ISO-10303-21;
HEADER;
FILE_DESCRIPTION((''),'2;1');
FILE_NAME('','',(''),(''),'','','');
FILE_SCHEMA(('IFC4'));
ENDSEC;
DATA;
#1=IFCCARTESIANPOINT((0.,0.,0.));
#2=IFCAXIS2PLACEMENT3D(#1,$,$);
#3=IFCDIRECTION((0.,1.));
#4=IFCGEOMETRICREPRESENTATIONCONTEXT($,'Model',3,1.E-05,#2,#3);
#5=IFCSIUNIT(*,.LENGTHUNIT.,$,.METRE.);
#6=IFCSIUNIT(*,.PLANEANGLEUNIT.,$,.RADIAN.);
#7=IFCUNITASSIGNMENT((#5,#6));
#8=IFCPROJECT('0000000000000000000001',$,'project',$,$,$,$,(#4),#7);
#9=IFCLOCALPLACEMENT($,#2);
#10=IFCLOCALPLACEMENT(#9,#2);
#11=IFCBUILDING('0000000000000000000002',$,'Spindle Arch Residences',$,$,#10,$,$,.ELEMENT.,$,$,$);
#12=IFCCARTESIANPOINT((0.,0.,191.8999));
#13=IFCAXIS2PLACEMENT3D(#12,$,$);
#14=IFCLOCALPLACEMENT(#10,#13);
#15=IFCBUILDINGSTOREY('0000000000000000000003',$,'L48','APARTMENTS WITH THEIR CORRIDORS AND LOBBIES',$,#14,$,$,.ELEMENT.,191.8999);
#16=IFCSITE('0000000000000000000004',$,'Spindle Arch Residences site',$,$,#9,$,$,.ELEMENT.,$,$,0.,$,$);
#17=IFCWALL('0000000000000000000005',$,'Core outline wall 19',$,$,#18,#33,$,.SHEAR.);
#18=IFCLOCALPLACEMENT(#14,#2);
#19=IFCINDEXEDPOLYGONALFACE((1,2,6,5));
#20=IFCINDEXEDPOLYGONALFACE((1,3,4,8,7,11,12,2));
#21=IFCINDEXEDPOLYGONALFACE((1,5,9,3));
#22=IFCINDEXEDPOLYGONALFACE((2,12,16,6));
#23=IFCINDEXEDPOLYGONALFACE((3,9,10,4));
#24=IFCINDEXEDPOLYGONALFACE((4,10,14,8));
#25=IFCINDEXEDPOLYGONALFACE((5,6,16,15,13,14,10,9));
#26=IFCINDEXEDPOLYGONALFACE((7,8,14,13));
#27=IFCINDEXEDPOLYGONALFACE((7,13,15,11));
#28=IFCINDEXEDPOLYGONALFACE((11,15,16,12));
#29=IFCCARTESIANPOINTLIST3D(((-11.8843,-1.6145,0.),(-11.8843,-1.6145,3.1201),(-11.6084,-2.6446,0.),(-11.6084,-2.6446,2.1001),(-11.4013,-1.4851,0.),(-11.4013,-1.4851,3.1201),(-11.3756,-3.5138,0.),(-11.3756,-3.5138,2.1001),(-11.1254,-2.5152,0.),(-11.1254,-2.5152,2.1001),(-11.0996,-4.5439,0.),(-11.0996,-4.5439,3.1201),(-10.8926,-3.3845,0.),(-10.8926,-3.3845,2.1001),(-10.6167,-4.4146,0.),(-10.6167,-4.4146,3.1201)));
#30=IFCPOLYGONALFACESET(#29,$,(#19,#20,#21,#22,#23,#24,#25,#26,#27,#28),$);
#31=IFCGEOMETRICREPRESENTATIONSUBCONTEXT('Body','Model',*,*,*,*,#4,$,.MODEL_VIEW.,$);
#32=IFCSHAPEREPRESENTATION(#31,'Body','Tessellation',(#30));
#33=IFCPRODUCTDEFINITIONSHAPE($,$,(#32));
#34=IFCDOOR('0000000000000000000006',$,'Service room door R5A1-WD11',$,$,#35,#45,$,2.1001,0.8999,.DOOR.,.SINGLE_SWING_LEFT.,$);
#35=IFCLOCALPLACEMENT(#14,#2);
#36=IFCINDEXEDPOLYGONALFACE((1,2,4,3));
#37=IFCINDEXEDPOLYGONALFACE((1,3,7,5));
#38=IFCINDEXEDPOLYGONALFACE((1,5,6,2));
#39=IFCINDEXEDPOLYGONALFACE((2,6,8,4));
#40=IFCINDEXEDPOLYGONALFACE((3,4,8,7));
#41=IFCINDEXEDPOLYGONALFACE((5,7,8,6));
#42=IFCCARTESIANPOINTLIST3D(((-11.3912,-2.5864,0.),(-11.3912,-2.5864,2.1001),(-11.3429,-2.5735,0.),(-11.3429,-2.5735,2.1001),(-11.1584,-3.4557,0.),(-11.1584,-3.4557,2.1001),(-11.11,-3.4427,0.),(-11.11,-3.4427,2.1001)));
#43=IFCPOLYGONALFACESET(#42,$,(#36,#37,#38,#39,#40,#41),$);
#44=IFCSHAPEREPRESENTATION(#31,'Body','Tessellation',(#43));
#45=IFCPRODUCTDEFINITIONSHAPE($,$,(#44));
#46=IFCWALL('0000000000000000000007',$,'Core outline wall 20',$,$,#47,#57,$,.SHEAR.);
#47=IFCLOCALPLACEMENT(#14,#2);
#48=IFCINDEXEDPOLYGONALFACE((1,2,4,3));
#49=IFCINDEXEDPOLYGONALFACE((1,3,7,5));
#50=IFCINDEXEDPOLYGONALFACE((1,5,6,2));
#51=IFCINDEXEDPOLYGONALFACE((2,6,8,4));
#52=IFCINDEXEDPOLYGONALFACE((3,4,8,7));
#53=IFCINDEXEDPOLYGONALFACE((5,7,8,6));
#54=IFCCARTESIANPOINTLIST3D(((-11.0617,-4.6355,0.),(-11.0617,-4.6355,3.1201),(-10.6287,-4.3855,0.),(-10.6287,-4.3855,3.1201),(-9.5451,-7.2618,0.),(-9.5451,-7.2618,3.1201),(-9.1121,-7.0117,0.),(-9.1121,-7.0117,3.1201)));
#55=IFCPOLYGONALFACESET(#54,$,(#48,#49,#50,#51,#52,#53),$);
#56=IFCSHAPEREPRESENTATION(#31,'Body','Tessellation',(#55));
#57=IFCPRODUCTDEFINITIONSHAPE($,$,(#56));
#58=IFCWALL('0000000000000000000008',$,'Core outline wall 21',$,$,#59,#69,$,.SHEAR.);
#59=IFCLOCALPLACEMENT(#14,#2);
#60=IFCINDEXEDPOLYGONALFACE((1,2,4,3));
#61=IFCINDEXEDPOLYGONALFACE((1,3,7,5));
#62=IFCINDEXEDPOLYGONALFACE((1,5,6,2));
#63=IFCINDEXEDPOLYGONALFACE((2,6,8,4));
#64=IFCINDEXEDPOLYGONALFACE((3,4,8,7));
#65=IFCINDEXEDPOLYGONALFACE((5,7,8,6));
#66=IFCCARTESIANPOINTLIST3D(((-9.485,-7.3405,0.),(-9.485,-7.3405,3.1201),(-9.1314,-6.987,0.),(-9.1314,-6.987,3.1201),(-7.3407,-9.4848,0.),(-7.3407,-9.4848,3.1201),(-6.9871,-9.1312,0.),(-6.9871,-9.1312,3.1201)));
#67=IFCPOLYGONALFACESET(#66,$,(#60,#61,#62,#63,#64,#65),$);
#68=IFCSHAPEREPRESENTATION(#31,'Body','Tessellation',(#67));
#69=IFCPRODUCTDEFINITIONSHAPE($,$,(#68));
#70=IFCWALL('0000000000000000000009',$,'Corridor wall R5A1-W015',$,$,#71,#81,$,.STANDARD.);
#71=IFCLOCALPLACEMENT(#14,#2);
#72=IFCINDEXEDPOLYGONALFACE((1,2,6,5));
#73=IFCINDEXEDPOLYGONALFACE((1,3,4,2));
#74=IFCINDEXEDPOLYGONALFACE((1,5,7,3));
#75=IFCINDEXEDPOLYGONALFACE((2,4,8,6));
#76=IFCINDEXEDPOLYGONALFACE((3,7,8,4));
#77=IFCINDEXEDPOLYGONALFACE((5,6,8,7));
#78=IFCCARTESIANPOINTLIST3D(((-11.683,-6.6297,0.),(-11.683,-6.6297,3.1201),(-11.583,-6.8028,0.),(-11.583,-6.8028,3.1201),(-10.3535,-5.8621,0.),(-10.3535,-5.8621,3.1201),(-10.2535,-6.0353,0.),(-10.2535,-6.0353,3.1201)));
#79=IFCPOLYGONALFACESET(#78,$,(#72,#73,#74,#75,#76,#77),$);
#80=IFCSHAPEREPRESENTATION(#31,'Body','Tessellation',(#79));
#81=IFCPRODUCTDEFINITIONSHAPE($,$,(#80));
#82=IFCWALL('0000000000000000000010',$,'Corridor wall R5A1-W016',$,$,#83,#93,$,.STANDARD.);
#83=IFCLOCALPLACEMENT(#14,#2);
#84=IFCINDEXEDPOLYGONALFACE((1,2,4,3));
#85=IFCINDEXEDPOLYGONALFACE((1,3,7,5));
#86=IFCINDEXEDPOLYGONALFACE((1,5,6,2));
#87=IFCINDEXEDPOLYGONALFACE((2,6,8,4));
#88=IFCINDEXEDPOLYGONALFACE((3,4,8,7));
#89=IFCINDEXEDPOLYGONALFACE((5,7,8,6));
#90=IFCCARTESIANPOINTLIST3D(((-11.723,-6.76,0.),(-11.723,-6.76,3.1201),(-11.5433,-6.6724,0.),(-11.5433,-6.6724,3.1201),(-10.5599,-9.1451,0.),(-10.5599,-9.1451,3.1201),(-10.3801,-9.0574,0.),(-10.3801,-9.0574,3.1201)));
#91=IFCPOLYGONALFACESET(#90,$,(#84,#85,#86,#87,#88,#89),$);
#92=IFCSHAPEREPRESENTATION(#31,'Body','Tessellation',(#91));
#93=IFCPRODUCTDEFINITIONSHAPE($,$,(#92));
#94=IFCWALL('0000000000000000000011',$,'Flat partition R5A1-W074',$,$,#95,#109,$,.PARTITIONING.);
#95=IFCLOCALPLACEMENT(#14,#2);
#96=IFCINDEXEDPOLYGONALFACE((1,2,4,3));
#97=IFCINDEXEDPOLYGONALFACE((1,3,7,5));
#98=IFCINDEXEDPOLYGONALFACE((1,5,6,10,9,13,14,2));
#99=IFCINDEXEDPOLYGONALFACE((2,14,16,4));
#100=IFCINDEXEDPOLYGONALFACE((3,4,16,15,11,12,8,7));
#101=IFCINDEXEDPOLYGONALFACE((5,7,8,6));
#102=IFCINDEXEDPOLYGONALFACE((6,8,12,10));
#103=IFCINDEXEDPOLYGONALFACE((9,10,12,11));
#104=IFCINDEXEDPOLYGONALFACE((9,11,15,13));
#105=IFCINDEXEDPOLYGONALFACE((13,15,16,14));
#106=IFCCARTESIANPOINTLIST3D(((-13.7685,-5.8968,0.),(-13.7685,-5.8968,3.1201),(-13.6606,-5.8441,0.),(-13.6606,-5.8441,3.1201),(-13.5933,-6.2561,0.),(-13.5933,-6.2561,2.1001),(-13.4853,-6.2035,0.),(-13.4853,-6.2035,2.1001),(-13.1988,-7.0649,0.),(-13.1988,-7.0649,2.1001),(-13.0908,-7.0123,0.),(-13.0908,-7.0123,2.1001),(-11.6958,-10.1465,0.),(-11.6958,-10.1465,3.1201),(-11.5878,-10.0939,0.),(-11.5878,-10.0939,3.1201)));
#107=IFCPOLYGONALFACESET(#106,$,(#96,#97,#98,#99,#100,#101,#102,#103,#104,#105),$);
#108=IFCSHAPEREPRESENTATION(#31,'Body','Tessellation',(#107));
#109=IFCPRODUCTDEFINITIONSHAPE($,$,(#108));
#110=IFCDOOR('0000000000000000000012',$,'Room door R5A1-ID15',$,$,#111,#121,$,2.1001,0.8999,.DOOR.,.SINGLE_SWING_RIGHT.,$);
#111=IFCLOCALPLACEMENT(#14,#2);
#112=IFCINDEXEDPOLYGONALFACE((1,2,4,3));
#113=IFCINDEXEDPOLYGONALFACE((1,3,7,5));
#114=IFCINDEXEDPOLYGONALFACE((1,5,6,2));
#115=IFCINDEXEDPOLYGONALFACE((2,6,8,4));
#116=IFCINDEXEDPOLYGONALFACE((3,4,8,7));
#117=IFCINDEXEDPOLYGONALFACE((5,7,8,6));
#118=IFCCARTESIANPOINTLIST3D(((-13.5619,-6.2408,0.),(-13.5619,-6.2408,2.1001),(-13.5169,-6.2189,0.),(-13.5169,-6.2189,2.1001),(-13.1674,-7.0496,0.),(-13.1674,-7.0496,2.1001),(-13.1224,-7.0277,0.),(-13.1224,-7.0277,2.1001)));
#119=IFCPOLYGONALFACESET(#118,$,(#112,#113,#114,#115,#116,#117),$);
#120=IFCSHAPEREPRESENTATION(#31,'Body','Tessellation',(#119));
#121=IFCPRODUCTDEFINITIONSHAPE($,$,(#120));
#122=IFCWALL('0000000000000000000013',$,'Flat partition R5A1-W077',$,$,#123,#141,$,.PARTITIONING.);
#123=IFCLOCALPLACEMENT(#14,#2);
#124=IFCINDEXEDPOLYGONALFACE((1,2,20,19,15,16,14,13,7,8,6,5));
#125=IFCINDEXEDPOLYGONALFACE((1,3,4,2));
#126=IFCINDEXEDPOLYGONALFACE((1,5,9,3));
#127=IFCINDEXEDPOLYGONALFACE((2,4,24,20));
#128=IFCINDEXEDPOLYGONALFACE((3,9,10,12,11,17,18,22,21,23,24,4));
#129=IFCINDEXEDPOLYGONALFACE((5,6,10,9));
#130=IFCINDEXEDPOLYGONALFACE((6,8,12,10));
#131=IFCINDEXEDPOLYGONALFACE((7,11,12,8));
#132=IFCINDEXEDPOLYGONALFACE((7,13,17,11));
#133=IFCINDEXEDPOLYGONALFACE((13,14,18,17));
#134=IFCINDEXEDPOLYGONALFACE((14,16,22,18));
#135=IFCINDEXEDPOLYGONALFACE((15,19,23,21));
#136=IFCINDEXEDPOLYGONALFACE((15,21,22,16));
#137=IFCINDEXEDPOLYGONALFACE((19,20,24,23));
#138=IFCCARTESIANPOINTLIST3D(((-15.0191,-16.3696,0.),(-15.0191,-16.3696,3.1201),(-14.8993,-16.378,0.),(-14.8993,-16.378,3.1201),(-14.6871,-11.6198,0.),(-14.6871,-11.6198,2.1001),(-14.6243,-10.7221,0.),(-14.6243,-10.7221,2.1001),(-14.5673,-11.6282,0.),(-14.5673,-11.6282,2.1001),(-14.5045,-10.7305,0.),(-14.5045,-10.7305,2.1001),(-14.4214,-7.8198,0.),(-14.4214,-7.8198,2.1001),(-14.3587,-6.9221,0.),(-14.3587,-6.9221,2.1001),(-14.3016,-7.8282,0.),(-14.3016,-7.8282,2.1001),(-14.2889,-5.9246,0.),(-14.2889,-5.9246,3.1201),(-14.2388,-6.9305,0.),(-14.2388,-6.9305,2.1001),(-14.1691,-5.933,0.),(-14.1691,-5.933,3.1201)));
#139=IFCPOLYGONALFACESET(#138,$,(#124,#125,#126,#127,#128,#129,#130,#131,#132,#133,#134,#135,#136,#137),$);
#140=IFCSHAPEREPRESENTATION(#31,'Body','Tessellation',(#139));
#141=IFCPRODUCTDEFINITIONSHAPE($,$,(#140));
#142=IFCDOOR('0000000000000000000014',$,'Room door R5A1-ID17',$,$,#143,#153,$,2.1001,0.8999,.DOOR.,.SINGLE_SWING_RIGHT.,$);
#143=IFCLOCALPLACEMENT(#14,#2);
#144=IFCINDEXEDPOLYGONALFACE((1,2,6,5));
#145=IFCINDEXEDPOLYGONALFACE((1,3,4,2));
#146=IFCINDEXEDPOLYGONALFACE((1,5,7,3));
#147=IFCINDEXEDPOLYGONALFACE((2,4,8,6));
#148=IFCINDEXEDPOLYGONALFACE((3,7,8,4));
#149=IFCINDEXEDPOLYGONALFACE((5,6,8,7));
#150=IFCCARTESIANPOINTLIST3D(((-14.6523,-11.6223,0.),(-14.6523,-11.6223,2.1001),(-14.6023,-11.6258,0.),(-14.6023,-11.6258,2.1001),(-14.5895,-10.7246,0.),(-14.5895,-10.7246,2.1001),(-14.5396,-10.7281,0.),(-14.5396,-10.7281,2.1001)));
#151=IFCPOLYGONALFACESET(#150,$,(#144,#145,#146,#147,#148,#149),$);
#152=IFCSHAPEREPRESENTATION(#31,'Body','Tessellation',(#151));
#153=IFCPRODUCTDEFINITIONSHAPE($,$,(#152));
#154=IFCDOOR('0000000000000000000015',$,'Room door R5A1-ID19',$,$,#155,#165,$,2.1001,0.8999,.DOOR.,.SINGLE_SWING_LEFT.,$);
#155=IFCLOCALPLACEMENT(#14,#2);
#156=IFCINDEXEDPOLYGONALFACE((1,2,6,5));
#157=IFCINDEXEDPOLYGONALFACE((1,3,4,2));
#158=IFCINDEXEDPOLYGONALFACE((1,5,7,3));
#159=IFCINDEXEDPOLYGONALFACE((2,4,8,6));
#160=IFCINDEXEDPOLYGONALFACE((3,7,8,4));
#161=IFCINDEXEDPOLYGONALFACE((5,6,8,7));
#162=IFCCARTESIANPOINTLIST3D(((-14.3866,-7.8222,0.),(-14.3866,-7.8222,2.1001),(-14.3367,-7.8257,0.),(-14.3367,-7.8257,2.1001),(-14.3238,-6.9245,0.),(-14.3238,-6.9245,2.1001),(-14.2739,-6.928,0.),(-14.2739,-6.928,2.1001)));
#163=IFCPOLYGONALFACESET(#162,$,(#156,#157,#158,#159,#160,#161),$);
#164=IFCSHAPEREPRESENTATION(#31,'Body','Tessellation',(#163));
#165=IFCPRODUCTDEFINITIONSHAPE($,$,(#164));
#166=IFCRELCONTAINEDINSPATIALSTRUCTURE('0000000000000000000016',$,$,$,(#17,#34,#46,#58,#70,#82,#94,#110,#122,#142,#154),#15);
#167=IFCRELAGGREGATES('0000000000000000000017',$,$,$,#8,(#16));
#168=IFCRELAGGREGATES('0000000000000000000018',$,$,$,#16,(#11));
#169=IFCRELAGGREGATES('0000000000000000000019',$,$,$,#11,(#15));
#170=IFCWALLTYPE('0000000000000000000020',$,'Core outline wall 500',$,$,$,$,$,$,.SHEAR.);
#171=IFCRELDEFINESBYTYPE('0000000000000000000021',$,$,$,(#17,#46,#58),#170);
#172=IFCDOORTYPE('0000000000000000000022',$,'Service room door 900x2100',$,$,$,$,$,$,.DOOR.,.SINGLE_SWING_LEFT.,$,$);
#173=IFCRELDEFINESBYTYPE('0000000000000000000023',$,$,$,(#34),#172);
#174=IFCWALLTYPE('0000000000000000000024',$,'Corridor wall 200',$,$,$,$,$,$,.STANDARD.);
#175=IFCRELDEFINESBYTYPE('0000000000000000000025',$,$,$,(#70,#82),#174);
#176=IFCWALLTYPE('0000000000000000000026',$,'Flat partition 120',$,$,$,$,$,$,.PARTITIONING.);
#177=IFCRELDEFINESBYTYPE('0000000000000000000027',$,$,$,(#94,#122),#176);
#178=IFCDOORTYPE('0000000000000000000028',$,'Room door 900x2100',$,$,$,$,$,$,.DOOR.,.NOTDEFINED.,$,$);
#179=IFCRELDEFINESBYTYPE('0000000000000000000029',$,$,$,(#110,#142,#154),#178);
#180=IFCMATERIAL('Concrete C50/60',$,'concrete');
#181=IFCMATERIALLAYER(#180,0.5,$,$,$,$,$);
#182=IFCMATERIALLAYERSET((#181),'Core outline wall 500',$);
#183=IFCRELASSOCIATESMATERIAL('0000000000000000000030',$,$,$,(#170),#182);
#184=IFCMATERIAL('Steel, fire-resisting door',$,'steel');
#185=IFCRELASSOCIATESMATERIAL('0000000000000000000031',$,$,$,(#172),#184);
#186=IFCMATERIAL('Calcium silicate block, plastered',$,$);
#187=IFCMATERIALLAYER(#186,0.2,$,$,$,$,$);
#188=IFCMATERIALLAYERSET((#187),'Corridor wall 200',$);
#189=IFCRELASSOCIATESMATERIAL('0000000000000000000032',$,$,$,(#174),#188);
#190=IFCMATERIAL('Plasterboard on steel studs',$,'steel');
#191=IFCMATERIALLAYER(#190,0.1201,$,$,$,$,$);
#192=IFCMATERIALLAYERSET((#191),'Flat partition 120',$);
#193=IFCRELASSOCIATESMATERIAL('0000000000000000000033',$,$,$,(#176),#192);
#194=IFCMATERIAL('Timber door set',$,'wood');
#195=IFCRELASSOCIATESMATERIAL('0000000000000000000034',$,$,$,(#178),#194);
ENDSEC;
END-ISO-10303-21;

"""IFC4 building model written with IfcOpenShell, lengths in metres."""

from ifc_helpers import new_model, si_unit, direction, frame, frame_2d, origin, place, context, subcontext, project, spatial, rectangle, extrude, material, layer, layer_set, type_object, element, fill, save


model = new_model("IFC4")

# Units and contexts
model_context = context("Model", 3, precision=1e-05, world=origin(), true_north=direction((0.0, 1.0)))
body_context = subcontext(model_context, "Body", "Model", "MODEL_VIEW")
ifc_project = project(units=[si_unit("LENGTHUNIT", "METRE"), si_unit("PLANEANGLEUNIT", "RADIAN")], contexts=[model_context])

# Site, building, storey
site_placement = place(None, origin())
site = spatial("IfcSite", under=ifc_project, at=site_placement, Name="Spindle Arch Residences site", CompositionType="ELEMENT", RefElevation=0.0)
building_placement = place(site_placement, origin())
building = spatial("IfcBuilding", under=site, at=building_placement, Name="Spindle Arch Residences", CompositionType="ELEMENT")
storey_placement = place(building_placement, frame((0.0, 0.0, 191.8999)))
storey = spatial("IfcBuildingStorey", under=building, at=storey_placement, Name="L48", Description="APARTMENTS WITH THEIR CORRIDORS AND LOBBIES", CompositionType="ELEMENT", Elevation=191.8999)

# Wall, opening, door
ifc_material_1 = material(Name="Concrete C50/60", Category="concrete")
ifc_layer_1 = layer(ifc_material_1, 0.5)
ifc_layer_set_1 = layer_set([ifc_layer_1], Name="Core outline wall 500")
wall_type_1 = type_object("IfcWallType", Name="Core outline wall 500", PredefinedType="SHEAR", material=ifc_layer_set_1)
wall_1_placement = place(storey_placement, frame((-11.6428, -1.5498, 0.0), z_axis=(0.0, 0.0, 1.0), x_axis=(0.258735, -0.965948, 0.0)))
wall_1 = element("IfcWall", 1, at=wall_1_placement, inside=storey, type_object=wall_type_1, Name="Core outline wall 19", PredefinedType="SHEAR", context=body_context, shape_type="SweptSolid", body=[
    extrude(rectangle(XDim=3.0327, YDim=0.5, at=frame_2d((1.5164, 0.0))), origin(), (0.0, 0.0, 1.0), 3.1201),
])
opening_1_placement = place(wall_1_placement, frame((1.0664, 0.0, 0.0)))
opening_1 = element("IfcOpeningElement", 2, at=opening_1_placement, cuts=wall_1, PredefinedType="OPENING", context=body_context, shape_type="SweptSolid", body=[
    extrude(rectangle(XDim=0.8999, YDim=2.1001, at=frame_2d((0.45, 1.05))), frame((0.0, 0.26, 0.0), z_axis=(0.0, -1.0, 0.0), x_axis=(1.0, 0.0, 0.0)), (0.0, 0.0, 1.0), 0.52),
])
ifc_material_2 = material(Name="Steel, fire-resisting door", Category="steel")
door_type_1 = type_object("IfcDoorType", Name="Service room door 900x2100", OperationType="SINGLE_SWING_LEFT", PredefinedType="DOOR", material=ifc_material_2)
door_1_placement = place(opening_1_placement, origin())
door_1 = element("IfcDoor", 3, at=door_1_placement, inside=storey, type_object=door_type_1, Name="Service room door R5A1-WD11", OperationType="SINGLE_SWING_LEFT", OverallHeight=2.1001, OverallWidth=0.8999, PredefinedType="DOOR", context=body_context, shape_type="SweptSolid", body=[
    extrude(rectangle(XDim=0.8999, YDim=2.1001, at=frame_2d((0.45, 1.05))), frame((0.0, 0.0249, 0.0), z_axis=(0.0, -1.0, 0.0), x_axis=(1.0, 0.0, 0.0)), (0.0, 0.0, 1.0), 0.05),
])
fill(opening_1, door_1)

# Walls
wall_2_placement = place(storey_placement, frame((-10.8452, -4.5105, 0.0), z_axis=(0.0, 0.0, 1.0), x_axis=(0.500087, -0.865975, 0.0)))
element("IfcWall", 4, at=wall_2_placement, inside=storey, type_object=wall_type_1, Name="Core outline wall 20", PredefinedType="SHEAR", context=body_context, shape_type="SweptSolid", body=[
    extrude(rectangle(XDim=3.0327, YDim=0.5, at=frame_2d((1.5164, 0.0))), origin(), (0.0, 0.0, 1.0), 3.1201),
])
wall_3_placement = place(storey_placement, frame((-9.3081, -7.1638, 0.0), z_axis=(0.0, 0.0, 1.0), x_axis=(0.707107, -0.707107, 0.0)))
element("IfcWall", 5, at=wall_3_placement, inside=storey, type_object=wall_type_1, Name="Core outline wall 21", PredefinedType="SHEAR", context=body_context, shape_type="SweptSolid", body=[
    extrude(rectangle(XDim=3.0325, YDim=0.5, at=frame_2d((1.5161, 0.0))), origin(), (0.0, 0.0, 1.0), 3.1201),
])
ifc_material_3 = material(Name="Calcium silicate block, plastered")
ifc_layer_2 = layer(ifc_material_3, 0.2)
ifc_layer_set_2 = layer_set([ifc_layer_2], Name="Corridor wall 200")
wall_type_2 = type_object("IfcWallType", Name="Corridor wall 200", PredefinedType="STANDARD", material=ifc_layer_set_2)
wall_4_placement = place(storey_placement, frame((-10.3035, -5.9487, 0.0), z_axis=(0.0, 0.0, 1.0), x_axis=(-0.866043, -0.49997, 0.0)))
element("IfcWall", 6, at=wall_4_placement, inside=storey, type_object=wall_type_2, Name="Corridor wall R5A1-W015", PredefinedType="STANDARD", context=body_context, shape_type="SweptSolid", body=[
    extrude(rectangle(XDim=1.5352, YDim=0.2, at=frame_2d((0.7676, 0.0))), origin(), (0.0, 0.0, 1.0), 3.1201),
])
wall_5_placement = place(storey_placement, frame((-11.6331, -6.7163, 0.0), z_axis=(0.0, 0.0, 1.0), x_axis=(0.438322, -0.898818, 0.0)))
element("IfcWall", 7, at=wall_5_placement, inside=storey, type_object=wall_type_2, Name="Corridor wall R5A1-W016", PredefinedType="STANDARD", context=body_context, shape_type="SweptSolid", body=[
    extrude(rectangle(XDim=2.6536, YDim=0.2, at=frame_2d((1.3267, 0.0))), origin(), (0.0, 0.0, 1.0), 3.1201),
])

# Wall, opening, door
ifc_material_4 = material(Name="Plasterboard on steel studs", Category="steel")
ifc_layer_3 = layer(ifc_material_4, 0.1201)
ifc_layer_set_3 = layer_set([ifc_layer_3], Name="Flat partition 120")
wall_type_3 = type_object("IfcWallType", Name="Flat partition 120", PredefinedType="PARTITIONING", material=ifc_layer_set_3)
wall_6_placement = place(storey_placement, frame((-13.7146, -5.8704, 0.0), z_axis=(0.0, 0.0, 1.0), x_axis=(0.438373, -0.898793, 0.0)))
wall_6 = element("IfcWall", 8, at=wall_6_placement, inside=storey, type_object=wall_type_3, Name="Flat partition R5A1-W074", PredefinedType="PARTITIONING", context=body_context, shape_type="SweptSolid", body=[
    extrude(rectangle(XDim=4.7283, YDim=0.1201, at=frame_2d((2.3643, 0.0))), origin(), (0.0, 0.0, 1.0), 3.1201),
])
opening_2_placement = place(wall_6_placement, frame((0.3999, 0.0, 0.0)))
opening_2 = element("IfcOpeningElement", 9, at=opening_2_placement, cuts=wall_6, PredefinedType="OPENING", context=body_context, shape_type="SweptSolid", body=[
    extrude(rectangle(XDim=0.8999, YDim=2.1001, at=frame_2d((0.45, 1.05))), frame((0.0, 0.0701, 0.0), z_axis=(0.0, -1.0, 0.0), x_axis=(1.0, 0.0, 0.0)), (0.0, 0.0, 1.0), 0.1401),
])
ifc_material_5 = material(Name="Timber door set", Category="wood")
door_type_2 = type_object("IfcDoorType", Name="Room door 900x2100", OperationType="NOTDEFINED", PredefinedType="DOOR", material=ifc_material_5)
door_2_placement = place(opening_2_placement, origin())
door_2 = element("IfcDoor", 10, at=door_2_placement, inside=storey, type_object=door_type_2, Name="Room door R5A1-ID15", OperationType="SINGLE_SWING_RIGHT", OverallHeight=2.1001, OverallWidth=0.8999, PredefinedType="DOOR", context=body_context, shape_type="SweptSolid", body=[
    extrude(rectangle(XDim=0.8999, YDim=2.1001, at=frame_2d((0.45, 1.05))), frame((0.0, 0.0249, 0.0), z_axis=(0.0, -1.0, 0.0), x_axis=(1.0, 0.0, 0.0)), (0.0, 0.0, 1.0), 0.05),
])
fill(opening_2, door_2)

# Wall, openings, doors
wall_7_placement = place(storey_placement, frame((-14.229, -5.9287, 0.0), z_axis=(0.0, 0.0, 1.0), x_axis=(-0.069741, -0.997565, 0.0)))
wall_7 = element("IfcWall", 11, at=wall_7_placement, inside=storey, type_object=wall_type_3, Name="Flat partition R5A1-W077", PredefinedType="PARTITIONING", context=body_context, shape_type="SweptSolid", body=[
    extrude(rectangle(XDim=10.4705, YDim=0.1201, at=frame_2d((5.2354, 0.0))), origin(), (0.0, 0.0, 1.0), 3.1201),
])
opening_3_placement = place(wall_7_placement, frame((4.8093, 0.0, 0.0)))
opening_3 = element("IfcOpeningElement", 12, at=opening_3_placement, cuts=wall_7, PredefinedType="OPENING", context=body_context, shape_type="SweptSolid", body=[
    extrude(rectangle(XDim=0.8999, YDim=2.1001, at=frame_2d((0.45, 1.05))), frame((0.0, 0.0701, 0.0), z_axis=(0.0, -1.0, 0.0), x_axis=(1.0, 0.0, 0.0)), (0.0, 0.0, 1.0), 0.1401),
])
opening_4_placement = place(wall_7_placement, frame((1.0, 0.0, 0.0)))
opening_4 = element("IfcOpeningElement", 13, at=opening_4_placement, cuts=wall_7, PredefinedType="OPENING", context=body_context, shape_type="SweptSolid", body=[
    extrude(rectangle(XDim=0.8999, YDim=2.1001, at=frame_2d((0.45, 1.05))), frame((0.0, 0.0701, 0.0), z_axis=(0.0, -1.0, 0.0), x_axis=(1.0, 0.0, 0.0)), (0.0, 0.0, 1.0), 0.1401),
])
door_3_placement = place(opening_3_placement, origin())
door_3 = element("IfcDoor", 14, at=door_3_placement, inside=storey, type_object=door_type_2, Name="Room door R5A1-ID17", OperationType="SINGLE_SWING_RIGHT", OverallHeight=2.1001, OverallWidth=0.8999, PredefinedType="DOOR", context=body_context, shape_type="SweptSolid", body=[
    extrude(rectangle(XDim=0.8999, YDim=2.1001, at=frame_2d((0.45, 1.05))), frame((0.0, 0.0249, 0.0), z_axis=(0.0, -1.0, 0.0), x_axis=(1.0, 0.0, 0.0)), (0.0, 0.0, 1.0), 0.05),
])
fill(opening_3, door_3)
door_4_placement = place(opening_4_placement, origin())
door_4 = element("IfcDoor", 15, at=door_4_placement, inside=storey, type_object=door_type_2, Name="Room door R5A1-ID19", OperationType="SINGLE_SWING_LEFT", OverallHeight=2.1001, OverallWidth=0.8999, PredefinedType="DOOR", context=body_context, shape_type="SweptSolid", body=[
    extrude(rectangle(XDim=0.8999, YDim=2.1001, at=frame_2d((0.45, 1.05))), frame((0.0, 0.0249, 0.0), z_axis=(0.0, -1.0, 0.0), x_axis=(1.0, 0.0, 0.0)), (0.0, 0.0, 1.0), 0.05),
])
fill(opening_4, door_4)

save(model, "model.ifc")
